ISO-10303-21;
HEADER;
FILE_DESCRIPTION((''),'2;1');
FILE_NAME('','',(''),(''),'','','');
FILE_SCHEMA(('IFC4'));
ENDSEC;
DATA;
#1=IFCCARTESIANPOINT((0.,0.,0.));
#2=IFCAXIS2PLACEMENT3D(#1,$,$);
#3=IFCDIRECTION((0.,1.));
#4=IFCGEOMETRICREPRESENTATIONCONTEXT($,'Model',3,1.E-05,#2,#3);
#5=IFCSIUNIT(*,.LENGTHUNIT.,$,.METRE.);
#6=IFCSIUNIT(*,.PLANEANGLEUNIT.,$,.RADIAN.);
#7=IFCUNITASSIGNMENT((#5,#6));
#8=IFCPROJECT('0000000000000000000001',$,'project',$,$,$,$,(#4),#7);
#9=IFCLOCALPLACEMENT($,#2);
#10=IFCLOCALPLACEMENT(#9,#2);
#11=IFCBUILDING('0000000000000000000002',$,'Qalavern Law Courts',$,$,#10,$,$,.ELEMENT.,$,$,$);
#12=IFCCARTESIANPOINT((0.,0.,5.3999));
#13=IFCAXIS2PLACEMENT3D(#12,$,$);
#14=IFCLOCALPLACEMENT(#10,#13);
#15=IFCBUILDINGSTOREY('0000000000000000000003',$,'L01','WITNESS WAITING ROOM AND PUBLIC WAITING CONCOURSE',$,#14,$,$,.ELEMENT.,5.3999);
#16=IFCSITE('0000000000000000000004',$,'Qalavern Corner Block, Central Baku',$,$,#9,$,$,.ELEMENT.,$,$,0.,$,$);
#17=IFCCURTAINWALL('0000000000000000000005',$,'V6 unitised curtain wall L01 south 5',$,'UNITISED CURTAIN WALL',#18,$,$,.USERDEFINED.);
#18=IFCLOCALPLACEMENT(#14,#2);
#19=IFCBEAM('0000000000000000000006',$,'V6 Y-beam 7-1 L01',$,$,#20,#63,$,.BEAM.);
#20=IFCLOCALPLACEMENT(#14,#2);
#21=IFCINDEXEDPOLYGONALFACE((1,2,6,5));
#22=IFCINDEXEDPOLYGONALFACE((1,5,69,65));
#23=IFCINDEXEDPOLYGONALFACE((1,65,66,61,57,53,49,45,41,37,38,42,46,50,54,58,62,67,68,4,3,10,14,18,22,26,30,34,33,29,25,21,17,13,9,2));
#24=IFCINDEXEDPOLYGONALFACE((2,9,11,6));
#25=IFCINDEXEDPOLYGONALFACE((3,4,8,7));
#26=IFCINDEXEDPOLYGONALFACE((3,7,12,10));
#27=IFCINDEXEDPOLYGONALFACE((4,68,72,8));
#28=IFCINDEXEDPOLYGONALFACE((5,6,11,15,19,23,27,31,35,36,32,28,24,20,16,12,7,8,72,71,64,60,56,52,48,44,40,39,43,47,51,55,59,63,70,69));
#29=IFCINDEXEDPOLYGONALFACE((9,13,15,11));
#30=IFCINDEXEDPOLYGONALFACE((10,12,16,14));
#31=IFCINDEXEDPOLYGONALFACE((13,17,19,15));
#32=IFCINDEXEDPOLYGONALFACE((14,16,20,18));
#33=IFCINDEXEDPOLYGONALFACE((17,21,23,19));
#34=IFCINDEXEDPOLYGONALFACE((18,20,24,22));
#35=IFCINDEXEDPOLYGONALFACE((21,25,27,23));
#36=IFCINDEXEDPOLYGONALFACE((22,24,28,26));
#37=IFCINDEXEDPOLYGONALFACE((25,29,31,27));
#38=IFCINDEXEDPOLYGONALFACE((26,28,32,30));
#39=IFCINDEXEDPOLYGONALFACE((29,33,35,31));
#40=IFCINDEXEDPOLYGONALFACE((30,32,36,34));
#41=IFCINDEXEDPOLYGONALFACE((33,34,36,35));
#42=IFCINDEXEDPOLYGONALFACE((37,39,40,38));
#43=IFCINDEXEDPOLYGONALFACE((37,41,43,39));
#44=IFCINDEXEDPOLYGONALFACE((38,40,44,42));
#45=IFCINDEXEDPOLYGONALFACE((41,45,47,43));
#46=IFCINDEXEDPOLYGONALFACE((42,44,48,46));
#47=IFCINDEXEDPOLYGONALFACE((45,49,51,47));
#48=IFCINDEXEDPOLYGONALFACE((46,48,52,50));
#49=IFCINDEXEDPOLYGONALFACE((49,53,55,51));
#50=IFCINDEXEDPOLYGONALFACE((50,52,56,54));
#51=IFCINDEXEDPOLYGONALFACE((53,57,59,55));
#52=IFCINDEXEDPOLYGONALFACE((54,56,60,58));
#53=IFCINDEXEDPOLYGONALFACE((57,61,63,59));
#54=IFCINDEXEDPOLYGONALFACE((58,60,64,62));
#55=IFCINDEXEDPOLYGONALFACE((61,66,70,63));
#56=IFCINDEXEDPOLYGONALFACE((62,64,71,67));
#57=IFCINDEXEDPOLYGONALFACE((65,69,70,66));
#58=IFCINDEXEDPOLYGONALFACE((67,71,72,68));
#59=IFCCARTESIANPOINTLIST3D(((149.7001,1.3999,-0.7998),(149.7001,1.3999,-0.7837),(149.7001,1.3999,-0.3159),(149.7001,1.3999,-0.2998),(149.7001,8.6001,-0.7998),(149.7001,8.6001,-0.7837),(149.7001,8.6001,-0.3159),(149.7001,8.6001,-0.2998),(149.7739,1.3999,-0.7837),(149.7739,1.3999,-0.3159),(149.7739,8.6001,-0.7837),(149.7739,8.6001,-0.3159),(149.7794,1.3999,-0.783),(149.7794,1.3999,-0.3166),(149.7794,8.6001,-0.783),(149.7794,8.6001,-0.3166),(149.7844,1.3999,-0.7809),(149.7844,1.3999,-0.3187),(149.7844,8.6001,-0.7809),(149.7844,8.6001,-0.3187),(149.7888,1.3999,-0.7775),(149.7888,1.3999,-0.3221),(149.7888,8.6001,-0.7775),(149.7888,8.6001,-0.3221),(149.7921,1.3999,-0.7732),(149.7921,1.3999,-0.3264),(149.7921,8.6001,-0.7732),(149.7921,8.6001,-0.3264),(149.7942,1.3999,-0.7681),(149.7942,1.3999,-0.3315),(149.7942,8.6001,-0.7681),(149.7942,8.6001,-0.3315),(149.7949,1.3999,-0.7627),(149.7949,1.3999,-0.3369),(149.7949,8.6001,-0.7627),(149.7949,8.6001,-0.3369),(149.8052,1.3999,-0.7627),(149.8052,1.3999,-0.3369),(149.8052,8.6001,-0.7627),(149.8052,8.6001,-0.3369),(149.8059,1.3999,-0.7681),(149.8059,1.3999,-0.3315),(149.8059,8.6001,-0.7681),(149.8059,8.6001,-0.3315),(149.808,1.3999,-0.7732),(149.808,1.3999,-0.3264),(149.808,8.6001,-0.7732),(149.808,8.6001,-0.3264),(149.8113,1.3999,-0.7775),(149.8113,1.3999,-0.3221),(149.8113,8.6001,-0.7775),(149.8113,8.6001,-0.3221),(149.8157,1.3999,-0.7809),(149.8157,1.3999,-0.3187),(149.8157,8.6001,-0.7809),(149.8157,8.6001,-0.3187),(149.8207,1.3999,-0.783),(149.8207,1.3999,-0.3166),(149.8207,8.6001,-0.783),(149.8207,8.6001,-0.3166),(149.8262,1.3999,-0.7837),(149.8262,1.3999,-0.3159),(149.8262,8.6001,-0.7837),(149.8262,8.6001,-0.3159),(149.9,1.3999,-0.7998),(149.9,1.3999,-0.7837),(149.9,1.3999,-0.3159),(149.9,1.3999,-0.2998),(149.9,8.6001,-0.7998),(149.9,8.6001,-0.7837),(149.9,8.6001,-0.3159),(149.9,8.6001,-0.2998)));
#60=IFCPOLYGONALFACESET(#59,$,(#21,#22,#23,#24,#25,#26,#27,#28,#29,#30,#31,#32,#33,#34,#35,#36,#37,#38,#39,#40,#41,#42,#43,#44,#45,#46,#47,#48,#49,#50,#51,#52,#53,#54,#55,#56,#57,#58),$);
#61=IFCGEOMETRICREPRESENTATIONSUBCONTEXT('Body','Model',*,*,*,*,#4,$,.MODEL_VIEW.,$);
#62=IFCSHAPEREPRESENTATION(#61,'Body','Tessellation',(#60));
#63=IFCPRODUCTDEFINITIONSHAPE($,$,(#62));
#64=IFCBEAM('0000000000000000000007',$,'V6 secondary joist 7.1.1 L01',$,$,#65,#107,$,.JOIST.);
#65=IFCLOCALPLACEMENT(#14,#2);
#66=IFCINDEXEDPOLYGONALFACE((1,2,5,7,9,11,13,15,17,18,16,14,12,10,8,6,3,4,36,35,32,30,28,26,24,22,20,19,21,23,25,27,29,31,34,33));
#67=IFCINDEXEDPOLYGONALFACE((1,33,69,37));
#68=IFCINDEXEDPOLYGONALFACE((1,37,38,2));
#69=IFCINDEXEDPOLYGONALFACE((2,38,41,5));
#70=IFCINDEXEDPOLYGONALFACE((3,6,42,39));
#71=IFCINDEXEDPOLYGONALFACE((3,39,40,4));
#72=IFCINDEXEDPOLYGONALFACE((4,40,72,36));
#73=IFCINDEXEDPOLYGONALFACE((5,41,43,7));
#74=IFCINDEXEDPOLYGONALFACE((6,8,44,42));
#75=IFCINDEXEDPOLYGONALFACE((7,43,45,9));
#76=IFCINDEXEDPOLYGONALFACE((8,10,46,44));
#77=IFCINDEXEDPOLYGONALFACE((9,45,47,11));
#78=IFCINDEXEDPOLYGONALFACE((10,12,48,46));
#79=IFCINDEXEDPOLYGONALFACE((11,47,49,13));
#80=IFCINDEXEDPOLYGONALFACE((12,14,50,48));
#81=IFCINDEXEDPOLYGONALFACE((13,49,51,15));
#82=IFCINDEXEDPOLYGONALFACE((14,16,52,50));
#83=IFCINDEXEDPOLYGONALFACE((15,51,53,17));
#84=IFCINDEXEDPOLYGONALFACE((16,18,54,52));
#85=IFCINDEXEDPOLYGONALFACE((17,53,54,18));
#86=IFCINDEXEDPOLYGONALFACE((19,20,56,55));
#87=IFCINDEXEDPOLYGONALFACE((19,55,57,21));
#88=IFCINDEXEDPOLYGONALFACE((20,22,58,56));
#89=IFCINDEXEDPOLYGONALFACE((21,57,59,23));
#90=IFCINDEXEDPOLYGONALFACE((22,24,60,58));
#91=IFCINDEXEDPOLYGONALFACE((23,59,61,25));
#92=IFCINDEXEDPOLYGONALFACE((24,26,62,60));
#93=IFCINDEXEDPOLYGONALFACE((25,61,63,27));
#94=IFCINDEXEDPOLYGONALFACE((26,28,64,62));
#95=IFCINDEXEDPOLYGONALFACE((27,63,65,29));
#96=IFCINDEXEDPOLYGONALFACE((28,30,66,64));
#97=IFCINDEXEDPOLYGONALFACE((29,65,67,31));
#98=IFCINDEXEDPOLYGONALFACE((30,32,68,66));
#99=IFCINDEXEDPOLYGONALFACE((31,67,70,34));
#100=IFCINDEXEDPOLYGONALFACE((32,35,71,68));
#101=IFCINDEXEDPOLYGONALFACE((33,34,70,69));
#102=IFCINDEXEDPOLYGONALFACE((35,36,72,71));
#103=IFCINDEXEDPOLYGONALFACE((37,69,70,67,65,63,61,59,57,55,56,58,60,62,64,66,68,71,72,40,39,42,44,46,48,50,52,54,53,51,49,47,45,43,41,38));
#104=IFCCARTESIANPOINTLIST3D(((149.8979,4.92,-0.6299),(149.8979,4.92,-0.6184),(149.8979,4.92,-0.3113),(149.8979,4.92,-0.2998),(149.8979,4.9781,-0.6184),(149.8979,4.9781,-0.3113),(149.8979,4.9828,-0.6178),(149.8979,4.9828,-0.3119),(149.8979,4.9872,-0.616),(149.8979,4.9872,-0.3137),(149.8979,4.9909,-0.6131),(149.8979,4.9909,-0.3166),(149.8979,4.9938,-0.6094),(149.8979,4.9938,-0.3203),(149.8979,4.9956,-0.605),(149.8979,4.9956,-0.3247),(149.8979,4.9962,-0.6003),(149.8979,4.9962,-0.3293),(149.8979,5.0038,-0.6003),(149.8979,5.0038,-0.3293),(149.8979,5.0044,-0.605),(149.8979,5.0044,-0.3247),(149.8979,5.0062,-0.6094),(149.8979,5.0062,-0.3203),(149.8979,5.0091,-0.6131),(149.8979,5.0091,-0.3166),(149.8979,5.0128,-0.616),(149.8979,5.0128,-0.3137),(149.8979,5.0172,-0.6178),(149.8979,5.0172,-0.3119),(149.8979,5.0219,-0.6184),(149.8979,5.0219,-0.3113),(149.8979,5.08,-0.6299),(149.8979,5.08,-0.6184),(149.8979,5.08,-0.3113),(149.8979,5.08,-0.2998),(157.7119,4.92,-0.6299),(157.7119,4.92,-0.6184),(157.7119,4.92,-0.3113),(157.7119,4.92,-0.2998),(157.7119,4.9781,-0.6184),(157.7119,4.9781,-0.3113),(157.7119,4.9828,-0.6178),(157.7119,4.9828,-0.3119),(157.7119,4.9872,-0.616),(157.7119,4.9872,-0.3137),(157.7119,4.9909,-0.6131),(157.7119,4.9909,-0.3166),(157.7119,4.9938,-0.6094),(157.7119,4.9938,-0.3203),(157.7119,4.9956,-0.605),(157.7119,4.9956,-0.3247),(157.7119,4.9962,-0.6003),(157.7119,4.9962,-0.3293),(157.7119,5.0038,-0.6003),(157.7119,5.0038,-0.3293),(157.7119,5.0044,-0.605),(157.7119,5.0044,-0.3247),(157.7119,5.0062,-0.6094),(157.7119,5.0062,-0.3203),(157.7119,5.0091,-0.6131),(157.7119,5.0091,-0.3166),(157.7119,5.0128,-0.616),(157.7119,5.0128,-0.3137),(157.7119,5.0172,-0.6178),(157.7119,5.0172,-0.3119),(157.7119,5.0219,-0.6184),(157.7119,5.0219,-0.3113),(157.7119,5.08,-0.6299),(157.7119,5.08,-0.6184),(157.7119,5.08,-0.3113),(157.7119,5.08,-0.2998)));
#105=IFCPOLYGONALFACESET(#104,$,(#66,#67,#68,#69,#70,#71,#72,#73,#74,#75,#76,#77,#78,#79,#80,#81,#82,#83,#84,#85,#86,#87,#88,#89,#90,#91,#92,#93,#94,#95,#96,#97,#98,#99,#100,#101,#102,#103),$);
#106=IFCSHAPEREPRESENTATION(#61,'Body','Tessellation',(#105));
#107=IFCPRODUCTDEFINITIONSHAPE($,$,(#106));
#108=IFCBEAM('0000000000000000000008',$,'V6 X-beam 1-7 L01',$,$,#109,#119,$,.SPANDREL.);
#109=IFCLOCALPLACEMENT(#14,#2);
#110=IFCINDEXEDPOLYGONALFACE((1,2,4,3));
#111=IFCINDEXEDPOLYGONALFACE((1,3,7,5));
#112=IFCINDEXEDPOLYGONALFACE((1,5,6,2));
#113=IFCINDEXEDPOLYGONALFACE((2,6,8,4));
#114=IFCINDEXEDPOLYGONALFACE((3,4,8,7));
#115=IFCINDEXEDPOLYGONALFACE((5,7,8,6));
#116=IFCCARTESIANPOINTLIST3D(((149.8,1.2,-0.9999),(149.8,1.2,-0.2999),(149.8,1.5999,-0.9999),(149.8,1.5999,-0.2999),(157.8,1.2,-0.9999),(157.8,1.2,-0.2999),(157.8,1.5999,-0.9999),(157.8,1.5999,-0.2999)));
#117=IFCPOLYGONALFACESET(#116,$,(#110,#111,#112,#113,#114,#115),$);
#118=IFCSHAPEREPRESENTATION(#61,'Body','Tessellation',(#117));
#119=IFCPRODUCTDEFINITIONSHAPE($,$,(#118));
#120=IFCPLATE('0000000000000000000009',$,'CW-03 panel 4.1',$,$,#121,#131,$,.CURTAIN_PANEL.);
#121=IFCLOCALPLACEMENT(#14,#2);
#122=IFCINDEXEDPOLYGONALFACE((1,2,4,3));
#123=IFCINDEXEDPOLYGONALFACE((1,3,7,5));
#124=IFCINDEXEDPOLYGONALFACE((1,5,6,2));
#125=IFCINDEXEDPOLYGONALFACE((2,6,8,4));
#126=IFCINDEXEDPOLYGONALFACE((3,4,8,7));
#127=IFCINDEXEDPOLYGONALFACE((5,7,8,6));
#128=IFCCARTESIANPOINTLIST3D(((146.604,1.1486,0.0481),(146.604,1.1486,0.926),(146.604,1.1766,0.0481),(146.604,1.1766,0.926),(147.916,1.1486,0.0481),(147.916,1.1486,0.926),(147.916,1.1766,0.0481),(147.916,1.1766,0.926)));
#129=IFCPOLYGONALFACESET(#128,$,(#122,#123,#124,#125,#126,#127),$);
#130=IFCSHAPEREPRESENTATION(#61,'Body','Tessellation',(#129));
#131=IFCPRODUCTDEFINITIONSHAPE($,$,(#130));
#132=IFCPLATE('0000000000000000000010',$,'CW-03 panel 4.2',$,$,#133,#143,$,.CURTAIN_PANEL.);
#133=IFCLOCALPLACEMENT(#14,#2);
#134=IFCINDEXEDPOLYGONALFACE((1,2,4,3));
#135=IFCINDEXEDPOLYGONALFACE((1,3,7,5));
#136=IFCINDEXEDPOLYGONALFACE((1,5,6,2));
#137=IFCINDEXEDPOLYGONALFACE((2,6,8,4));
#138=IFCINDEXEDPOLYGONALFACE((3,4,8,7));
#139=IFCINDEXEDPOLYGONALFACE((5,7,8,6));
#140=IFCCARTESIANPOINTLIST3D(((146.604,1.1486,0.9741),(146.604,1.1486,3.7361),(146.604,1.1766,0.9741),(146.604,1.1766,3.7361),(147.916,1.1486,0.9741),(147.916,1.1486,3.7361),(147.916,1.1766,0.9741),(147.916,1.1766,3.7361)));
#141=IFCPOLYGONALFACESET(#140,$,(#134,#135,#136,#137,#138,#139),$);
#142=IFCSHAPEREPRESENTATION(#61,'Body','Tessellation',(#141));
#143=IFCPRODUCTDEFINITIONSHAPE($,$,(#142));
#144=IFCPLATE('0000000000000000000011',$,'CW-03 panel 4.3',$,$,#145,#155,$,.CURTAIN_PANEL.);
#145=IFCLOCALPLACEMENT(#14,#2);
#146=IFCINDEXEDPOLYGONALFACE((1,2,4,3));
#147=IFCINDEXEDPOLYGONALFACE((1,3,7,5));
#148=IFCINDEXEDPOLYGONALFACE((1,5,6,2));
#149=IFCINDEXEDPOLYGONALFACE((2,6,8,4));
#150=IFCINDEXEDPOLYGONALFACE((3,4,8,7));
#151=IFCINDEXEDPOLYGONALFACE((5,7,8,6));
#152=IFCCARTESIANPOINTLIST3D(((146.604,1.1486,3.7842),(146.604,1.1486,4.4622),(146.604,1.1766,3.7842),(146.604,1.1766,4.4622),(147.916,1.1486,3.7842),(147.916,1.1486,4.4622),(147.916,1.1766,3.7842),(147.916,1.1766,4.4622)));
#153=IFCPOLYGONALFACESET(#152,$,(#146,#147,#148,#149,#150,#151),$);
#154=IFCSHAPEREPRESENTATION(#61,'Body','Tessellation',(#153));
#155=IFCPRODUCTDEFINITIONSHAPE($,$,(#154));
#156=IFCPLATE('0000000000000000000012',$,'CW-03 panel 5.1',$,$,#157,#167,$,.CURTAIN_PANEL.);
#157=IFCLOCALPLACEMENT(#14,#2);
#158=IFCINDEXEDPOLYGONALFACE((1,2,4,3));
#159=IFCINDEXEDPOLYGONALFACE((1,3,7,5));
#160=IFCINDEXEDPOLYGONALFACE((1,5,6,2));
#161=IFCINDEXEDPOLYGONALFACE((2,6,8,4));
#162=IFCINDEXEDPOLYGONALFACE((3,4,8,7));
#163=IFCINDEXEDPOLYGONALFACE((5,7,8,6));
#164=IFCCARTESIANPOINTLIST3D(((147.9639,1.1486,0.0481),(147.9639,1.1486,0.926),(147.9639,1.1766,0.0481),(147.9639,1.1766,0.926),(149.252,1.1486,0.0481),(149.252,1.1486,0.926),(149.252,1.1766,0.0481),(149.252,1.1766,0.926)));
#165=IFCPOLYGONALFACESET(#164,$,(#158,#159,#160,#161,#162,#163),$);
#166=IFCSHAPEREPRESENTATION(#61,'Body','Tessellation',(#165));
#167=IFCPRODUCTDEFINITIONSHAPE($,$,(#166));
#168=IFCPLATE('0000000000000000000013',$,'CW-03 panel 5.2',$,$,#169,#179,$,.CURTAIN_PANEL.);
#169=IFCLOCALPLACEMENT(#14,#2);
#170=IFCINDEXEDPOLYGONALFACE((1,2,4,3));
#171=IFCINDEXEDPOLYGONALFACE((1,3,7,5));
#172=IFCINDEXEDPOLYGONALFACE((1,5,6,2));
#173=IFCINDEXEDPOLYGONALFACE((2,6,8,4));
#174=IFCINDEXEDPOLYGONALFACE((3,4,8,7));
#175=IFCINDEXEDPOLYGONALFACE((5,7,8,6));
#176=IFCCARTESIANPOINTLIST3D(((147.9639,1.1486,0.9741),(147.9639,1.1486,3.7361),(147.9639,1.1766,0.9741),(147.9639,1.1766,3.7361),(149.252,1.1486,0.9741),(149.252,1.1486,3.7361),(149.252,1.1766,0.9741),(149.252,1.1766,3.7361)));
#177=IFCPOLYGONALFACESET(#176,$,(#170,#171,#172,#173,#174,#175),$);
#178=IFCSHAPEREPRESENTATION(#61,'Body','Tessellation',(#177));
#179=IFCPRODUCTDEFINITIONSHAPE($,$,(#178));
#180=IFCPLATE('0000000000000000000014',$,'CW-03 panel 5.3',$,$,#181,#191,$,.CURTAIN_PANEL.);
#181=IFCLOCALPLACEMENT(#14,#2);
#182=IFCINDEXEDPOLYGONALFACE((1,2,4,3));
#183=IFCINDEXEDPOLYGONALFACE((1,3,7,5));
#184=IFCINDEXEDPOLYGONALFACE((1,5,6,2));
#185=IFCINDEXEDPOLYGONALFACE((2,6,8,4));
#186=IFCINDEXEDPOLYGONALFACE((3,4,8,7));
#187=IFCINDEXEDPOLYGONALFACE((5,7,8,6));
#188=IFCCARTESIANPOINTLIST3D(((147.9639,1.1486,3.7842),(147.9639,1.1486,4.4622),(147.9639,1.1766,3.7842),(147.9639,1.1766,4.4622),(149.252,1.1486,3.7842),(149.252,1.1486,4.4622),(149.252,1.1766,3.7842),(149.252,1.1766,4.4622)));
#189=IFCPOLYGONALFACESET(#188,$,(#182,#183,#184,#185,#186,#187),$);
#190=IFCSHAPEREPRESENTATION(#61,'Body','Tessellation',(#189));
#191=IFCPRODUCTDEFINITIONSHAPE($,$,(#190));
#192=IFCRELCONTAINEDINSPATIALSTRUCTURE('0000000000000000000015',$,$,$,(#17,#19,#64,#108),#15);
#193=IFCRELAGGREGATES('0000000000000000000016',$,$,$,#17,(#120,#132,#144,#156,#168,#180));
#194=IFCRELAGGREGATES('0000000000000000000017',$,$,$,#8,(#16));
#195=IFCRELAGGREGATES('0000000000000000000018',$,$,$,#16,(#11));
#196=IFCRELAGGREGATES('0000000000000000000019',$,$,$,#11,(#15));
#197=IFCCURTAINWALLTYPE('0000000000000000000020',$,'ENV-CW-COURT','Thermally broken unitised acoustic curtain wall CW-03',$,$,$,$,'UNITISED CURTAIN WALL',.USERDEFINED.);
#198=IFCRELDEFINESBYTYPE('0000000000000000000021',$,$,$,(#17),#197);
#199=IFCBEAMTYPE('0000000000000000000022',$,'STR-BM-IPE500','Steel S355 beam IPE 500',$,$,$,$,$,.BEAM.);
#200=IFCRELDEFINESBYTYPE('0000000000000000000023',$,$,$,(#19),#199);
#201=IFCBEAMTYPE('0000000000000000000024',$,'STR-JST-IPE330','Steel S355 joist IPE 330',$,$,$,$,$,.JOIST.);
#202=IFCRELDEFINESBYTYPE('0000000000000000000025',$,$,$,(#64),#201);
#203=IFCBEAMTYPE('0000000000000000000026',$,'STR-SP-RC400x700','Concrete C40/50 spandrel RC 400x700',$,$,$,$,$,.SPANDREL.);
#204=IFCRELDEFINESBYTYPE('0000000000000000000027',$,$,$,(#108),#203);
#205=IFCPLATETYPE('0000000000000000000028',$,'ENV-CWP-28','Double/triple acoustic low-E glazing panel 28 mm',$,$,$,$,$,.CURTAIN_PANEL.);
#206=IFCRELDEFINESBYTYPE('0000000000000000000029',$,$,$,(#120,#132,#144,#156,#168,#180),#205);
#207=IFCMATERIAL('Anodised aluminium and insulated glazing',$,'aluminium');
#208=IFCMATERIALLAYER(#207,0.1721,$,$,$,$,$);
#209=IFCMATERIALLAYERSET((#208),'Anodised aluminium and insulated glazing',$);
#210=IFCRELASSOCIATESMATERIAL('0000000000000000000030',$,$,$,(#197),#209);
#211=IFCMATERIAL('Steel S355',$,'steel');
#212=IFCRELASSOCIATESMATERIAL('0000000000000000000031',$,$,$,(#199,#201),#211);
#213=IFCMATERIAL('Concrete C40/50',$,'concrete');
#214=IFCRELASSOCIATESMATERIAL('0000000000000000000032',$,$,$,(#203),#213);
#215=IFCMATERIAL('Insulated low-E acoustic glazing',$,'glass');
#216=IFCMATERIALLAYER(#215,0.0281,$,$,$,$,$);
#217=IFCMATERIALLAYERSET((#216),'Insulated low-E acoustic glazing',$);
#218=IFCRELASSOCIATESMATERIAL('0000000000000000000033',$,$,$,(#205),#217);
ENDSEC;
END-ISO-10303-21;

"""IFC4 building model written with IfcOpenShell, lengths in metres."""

from ifc_helpers import new_model, si_unit, direction, frame, origin, origin_2d, place, context, subcontext, project, spatial, rectangle, i_section, extrude, material, layer, layer_set, material_profile, profile_set, type_object, element, aggregate, save


model = new_model("IFC4")

# Units and contexts
model_context = context("Model", 3, precision=1e-05, world=origin(), true_north=direction((0.0, 1.0)))
body_context = subcontext(model_context, "Body", "Model", "MODEL_VIEW")
ifc_project = project(units=[si_unit("LENGTHUNIT", "METRE"), si_unit("PLANEANGLEUNIT", "RADIAN")], contexts=[model_context])

# Site, building, storey
site_placement = place(None, origin())
site = spatial("IfcSite", under=ifc_project, at=site_placement, Name="Qalavern Corner Block, Central Baku", CompositionType="ELEMENT", RefElevation=0.0)
building_placement = place(site_placement, origin())
building = spatial("IfcBuilding", under=site, at=building_placement, Name="Qalavern Law Courts", CompositionType="ELEMENT")
storey_placement = place(building_placement, frame((0.0, 0.0, 5.3999)))
storey = spatial("IfcBuildingStorey", under=building, at=storey_placement, Name="L01", Description="WITNESS WAITING ROOM AND PUBLIC WAITING CONCOURSE", CompositionType="ELEMENT", Elevation=5.3999)

# Curtain wall
ifc_material_1 = material(Name="Anodised aluminium and insulated glazing", Category="aluminium")
ifc_layer_1 = layer(ifc_material_1, 0.1721)
ifc_layer_set_1 = layer_set([ifc_layer_1], Name="Anodised aluminium and insulated glazing")
curtain_wall_type = type_object("IfcCurtainWallType", Name="ENV-CW-COURT", Description="Thermally broken unitised acoustic curtain wall CW-03", ElementType="UNITISED CURTAIN WALL", PredefinedType="USERDEFINED", material=ifc_layer_set_1)
curtain_wall_placement = place(storey_placement, origin())
curtain_wall = element("IfcCurtainWall", 1, at=curtain_wall_placement, inside=storey, type_object=curtain_wall_type, Name="V6 unitised curtain wall L01 south 5", ObjectType="UNITISED CURTAIN WALL", PredefinedType="USERDEFINED")

# Beams
ifc_material_2 = material(Name="Steel S355", Category="steel")
ifc_material_profile_1 = material_profile(ifc_material_2, i_section(OverallWidth=0.2, OverallDepth=0.5, WebThickness=0.0103, FlangeThickness=0.0161, FilletRadius=0.021, at=origin_2d()), Name="IPE 500")
ifc_profile_set_1 = profile_set([ifc_material_profile_1], Name="Steel S355")
beam_type_1 = type_object("IfcBeamType", Name="STR-BM-IPE500", Description="Steel S355 beam IPE 500", PredefinedType="BEAM", material=ifc_profile_set_1)
beam_1_placement = place(storey_placement, frame((149.8, 1.3999, -0.5498), z_axis=(0.0, 1.0, 0.0), x_axis=(-1.0, 0.0, 0.0)))
element("IfcBeam", 2, at=beam_1_placement, inside=storey, type_object=beam_type_1, Name="V6 Y-beam 7-1 L01", PredefinedType="BEAM", context=body_context, shape_type="SweptSolid", body=[
    extrude(i_section(OverallWidth=0.2, OverallDepth=0.5, WebThickness=0.0103, FlangeThickness=0.0161, FilletRadius=0.021, at=origin_2d()), origin(), (0.0, 0.0, 1.0), 7.2002),
])
ifc_material_profile_2 = material_profile(ifc_material_2, i_section(OverallWidth=0.1599, OverallDepth=0.3301, WebThickness=0.0076, FlangeThickness=0.0115, FilletRadius=0.0181, at=origin_2d()), Name="IPE 330")
ifc_profile_set_2 = profile_set([ifc_material_profile_2], Name="Steel S355")
beam_type_2 = type_object("IfcBeamType", Name="STR-JST-IPE330", Description="Steel S355 joist IPE 330", PredefinedType="JOIST", material=ifc_profile_set_2)
beam_2_placement = place(storey_placement, frame((149.8979, 5.0, -0.4648), z_axis=(1.0, 0.0, 0.0), x_axis=(0.0, 1.0, 0.0)))
element("IfcBeam", 3, at=beam_2_placement, inside=storey, type_object=beam_type_2, Name="V6 secondary joist 7.1.1 L01", PredefinedType="JOIST", context=body_context, shape_type="SweptSolid", body=[
    extrude(i_section(OverallWidth=0.1599, OverallDepth=0.3301, WebThickness=0.0076, FlangeThickness=0.0115, FilletRadius=0.0181, at=origin_2d()), origin(), (0.0, 0.0, 1.0), 7.814),
])
ifc_material_3 = material(Name="Concrete C40/50", Category="concrete")
ifc_material_profile_3 = material_profile(ifc_material_3, rectangle(XDim=0.3999, YDim=0.7, at=origin_2d()), Name="RC 400x700")
ifc_profile_set_3 = profile_set([ifc_material_profile_3], Name="Concrete C40/50")
beam_type_3 = type_object("IfcBeamType", Name="STR-SP-RC400x700", Description="Concrete C40/50 spandrel RC 400x700", PredefinedType="SPANDREL", material=ifc_profile_set_3)
beam_3_placement = place(storey_placement, frame((149.8, 1.3999, -0.6499), z_axis=(1.0, 0.0, 0.0), x_axis=(0.0, 1.0, 0.0)))
element("IfcBeam", 4, at=beam_3_placement, inside=storey, type_object=beam_type_3, Name="V6 X-beam 1-7 L01", PredefinedType="SPANDREL", context=body_context, shape_type="SweptSolid", body=[
    extrude(rectangle(XDim=0.3999, YDim=0.7, at=origin_2d()), origin(), (0.0, 0.0, 1.0), 8.0),
])

# Plates
ifc_material_4 = material(Name="Insulated low-E acoustic glazing", Category="glass")
ifc_layer_2 = layer(ifc_material_4, 0.0281)
ifc_layer_set_2 = layer_set([ifc_layer_2], Name="Insulated low-E acoustic glazing")
plate_type = type_object("IfcPlateType", Name="ENV-CWP-28", Description="Double/triple acoustic low-E glazing panel 28 mm", PredefinedType="CURTAIN_PANEL", material=ifc_layer_set_2)
plate_1_placement = place(storey_placement, frame((147.26, 1.1626, 0.0481), z_axis=(0.0, 0.0, 1.0), x_axis=(1.0, 0.0, 0.0)))
plate_1 = element("IfcPlate", 5, at=plate_1_placement, type_object=plate_type, Name="CW-03 panel 4.1", PredefinedType="CURTAIN_PANEL", context=body_context, shape_type="SweptSolid", body=[
    extrude(rectangle(XDim=1.312, YDim=0.0281, at=origin_2d()), origin(), (0.0, 0.0, 1.0), 0.8779),
])
plate_2_placement = place(storey_placement, frame((147.26, 1.1626, 0.9741), z_axis=(0.0, 0.0, 1.0), x_axis=(1.0, 0.0, 0.0)))
plate_2 = element("IfcPlate", 6, at=plate_2_placement, type_object=plate_type, Name="CW-03 panel 4.2", PredefinedType="CURTAIN_PANEL", context=body_context, shape_type="SweptSolid", body=[
    extrude(rectangle(XDim=1.312, YDim=0.0281, at=origin_2d()), origin(), (0.0, 0.0, 1.0), 2.762),
])
plate_3_placement = place(storey_placement, frame((147.26, 1.1626, 3.7842), z_axis=(0.0, 0.0, 1.0), x_axis=(1.0, 0.0, 0.0)))
plate_3 = element("IfcPlate", 7, at=plate_3_placement, type_object=plate_type, Name="CW-03 panel 4.3", PredefinedType="CURTAIN_PANEL", context=body_context, shape_type="SweptSolid", body=[
    extrude(rectangle(XDim=1.312, YDim=0.0281, at=origin_2d()), origin(), (0.0, 0.0, 1.0), 0.678),
])
plate_4_placement = place(storey_placement, frame((148.6079, 1.1626, 0.0481), z_axis=(0.0, 0.0, 1.0), x_axis=(1.0, 0.0, 0.0)))
plate_4 = element("IfcPlate", 8, at=plate_4_placement, type_object=plate_type, Name="CW-03 panel 5.1", PredefinedType="CURTAIN_PANEL", context=body_context, shape_type="SweptSolid", body=[
    extrude(rectangle(XDim=1.2881, YDim=0.0281, at=origin_2d()), origin(), (0.0, 0.0, 1.0), 0.8779),
])
plate_5_placement = place(storey_placement, frame((148.6079, 1.1626, 0.9741), z_axis=(0.0, 0.0, 1.0), x_axis=(1.0, 0.0, 0.0)))
plate_5 = element("IfcPlate", 9, at=plate_5_placement, type_object=plate_type, Name="CW-03 panel 5.2", PredefinedType="CURTAIN_PANEL", context=body_context, shape_type="SweptSolid", body=[
    extrude(rectangle(XDim=1.2881, YDim=0.0281, at=origin_2d()), origin(), (0.0, 0.0, 1.0), 2.762),
])
plate_6_placement = place(storey_placement, frame((148.6079, 1.1626, 3.7842), z_axis=(0.0, 0.0, 1.0), x_axis=(1.0, 0.0, 0.0)))
plate_6 = element("IfcPlate", 10, at=plate_6_placement, type_object=plate_type, Name="CW-03 panel 5.3", PredefinedType="CURTAIN_PANEL", context=body_context, shape_type="SweptSolid", body=[
    extrude(rectangle(XDim=1.2881, YDim=0.0281, at=origin_2d()), origin(), (0.0, 0.0, 1.0), 0.678),
])
aggregate(curtain_wall, [plate_1, plate_2, plate_3, plate_4, plate_5, plate_6])

save(model, "model.ifc")
